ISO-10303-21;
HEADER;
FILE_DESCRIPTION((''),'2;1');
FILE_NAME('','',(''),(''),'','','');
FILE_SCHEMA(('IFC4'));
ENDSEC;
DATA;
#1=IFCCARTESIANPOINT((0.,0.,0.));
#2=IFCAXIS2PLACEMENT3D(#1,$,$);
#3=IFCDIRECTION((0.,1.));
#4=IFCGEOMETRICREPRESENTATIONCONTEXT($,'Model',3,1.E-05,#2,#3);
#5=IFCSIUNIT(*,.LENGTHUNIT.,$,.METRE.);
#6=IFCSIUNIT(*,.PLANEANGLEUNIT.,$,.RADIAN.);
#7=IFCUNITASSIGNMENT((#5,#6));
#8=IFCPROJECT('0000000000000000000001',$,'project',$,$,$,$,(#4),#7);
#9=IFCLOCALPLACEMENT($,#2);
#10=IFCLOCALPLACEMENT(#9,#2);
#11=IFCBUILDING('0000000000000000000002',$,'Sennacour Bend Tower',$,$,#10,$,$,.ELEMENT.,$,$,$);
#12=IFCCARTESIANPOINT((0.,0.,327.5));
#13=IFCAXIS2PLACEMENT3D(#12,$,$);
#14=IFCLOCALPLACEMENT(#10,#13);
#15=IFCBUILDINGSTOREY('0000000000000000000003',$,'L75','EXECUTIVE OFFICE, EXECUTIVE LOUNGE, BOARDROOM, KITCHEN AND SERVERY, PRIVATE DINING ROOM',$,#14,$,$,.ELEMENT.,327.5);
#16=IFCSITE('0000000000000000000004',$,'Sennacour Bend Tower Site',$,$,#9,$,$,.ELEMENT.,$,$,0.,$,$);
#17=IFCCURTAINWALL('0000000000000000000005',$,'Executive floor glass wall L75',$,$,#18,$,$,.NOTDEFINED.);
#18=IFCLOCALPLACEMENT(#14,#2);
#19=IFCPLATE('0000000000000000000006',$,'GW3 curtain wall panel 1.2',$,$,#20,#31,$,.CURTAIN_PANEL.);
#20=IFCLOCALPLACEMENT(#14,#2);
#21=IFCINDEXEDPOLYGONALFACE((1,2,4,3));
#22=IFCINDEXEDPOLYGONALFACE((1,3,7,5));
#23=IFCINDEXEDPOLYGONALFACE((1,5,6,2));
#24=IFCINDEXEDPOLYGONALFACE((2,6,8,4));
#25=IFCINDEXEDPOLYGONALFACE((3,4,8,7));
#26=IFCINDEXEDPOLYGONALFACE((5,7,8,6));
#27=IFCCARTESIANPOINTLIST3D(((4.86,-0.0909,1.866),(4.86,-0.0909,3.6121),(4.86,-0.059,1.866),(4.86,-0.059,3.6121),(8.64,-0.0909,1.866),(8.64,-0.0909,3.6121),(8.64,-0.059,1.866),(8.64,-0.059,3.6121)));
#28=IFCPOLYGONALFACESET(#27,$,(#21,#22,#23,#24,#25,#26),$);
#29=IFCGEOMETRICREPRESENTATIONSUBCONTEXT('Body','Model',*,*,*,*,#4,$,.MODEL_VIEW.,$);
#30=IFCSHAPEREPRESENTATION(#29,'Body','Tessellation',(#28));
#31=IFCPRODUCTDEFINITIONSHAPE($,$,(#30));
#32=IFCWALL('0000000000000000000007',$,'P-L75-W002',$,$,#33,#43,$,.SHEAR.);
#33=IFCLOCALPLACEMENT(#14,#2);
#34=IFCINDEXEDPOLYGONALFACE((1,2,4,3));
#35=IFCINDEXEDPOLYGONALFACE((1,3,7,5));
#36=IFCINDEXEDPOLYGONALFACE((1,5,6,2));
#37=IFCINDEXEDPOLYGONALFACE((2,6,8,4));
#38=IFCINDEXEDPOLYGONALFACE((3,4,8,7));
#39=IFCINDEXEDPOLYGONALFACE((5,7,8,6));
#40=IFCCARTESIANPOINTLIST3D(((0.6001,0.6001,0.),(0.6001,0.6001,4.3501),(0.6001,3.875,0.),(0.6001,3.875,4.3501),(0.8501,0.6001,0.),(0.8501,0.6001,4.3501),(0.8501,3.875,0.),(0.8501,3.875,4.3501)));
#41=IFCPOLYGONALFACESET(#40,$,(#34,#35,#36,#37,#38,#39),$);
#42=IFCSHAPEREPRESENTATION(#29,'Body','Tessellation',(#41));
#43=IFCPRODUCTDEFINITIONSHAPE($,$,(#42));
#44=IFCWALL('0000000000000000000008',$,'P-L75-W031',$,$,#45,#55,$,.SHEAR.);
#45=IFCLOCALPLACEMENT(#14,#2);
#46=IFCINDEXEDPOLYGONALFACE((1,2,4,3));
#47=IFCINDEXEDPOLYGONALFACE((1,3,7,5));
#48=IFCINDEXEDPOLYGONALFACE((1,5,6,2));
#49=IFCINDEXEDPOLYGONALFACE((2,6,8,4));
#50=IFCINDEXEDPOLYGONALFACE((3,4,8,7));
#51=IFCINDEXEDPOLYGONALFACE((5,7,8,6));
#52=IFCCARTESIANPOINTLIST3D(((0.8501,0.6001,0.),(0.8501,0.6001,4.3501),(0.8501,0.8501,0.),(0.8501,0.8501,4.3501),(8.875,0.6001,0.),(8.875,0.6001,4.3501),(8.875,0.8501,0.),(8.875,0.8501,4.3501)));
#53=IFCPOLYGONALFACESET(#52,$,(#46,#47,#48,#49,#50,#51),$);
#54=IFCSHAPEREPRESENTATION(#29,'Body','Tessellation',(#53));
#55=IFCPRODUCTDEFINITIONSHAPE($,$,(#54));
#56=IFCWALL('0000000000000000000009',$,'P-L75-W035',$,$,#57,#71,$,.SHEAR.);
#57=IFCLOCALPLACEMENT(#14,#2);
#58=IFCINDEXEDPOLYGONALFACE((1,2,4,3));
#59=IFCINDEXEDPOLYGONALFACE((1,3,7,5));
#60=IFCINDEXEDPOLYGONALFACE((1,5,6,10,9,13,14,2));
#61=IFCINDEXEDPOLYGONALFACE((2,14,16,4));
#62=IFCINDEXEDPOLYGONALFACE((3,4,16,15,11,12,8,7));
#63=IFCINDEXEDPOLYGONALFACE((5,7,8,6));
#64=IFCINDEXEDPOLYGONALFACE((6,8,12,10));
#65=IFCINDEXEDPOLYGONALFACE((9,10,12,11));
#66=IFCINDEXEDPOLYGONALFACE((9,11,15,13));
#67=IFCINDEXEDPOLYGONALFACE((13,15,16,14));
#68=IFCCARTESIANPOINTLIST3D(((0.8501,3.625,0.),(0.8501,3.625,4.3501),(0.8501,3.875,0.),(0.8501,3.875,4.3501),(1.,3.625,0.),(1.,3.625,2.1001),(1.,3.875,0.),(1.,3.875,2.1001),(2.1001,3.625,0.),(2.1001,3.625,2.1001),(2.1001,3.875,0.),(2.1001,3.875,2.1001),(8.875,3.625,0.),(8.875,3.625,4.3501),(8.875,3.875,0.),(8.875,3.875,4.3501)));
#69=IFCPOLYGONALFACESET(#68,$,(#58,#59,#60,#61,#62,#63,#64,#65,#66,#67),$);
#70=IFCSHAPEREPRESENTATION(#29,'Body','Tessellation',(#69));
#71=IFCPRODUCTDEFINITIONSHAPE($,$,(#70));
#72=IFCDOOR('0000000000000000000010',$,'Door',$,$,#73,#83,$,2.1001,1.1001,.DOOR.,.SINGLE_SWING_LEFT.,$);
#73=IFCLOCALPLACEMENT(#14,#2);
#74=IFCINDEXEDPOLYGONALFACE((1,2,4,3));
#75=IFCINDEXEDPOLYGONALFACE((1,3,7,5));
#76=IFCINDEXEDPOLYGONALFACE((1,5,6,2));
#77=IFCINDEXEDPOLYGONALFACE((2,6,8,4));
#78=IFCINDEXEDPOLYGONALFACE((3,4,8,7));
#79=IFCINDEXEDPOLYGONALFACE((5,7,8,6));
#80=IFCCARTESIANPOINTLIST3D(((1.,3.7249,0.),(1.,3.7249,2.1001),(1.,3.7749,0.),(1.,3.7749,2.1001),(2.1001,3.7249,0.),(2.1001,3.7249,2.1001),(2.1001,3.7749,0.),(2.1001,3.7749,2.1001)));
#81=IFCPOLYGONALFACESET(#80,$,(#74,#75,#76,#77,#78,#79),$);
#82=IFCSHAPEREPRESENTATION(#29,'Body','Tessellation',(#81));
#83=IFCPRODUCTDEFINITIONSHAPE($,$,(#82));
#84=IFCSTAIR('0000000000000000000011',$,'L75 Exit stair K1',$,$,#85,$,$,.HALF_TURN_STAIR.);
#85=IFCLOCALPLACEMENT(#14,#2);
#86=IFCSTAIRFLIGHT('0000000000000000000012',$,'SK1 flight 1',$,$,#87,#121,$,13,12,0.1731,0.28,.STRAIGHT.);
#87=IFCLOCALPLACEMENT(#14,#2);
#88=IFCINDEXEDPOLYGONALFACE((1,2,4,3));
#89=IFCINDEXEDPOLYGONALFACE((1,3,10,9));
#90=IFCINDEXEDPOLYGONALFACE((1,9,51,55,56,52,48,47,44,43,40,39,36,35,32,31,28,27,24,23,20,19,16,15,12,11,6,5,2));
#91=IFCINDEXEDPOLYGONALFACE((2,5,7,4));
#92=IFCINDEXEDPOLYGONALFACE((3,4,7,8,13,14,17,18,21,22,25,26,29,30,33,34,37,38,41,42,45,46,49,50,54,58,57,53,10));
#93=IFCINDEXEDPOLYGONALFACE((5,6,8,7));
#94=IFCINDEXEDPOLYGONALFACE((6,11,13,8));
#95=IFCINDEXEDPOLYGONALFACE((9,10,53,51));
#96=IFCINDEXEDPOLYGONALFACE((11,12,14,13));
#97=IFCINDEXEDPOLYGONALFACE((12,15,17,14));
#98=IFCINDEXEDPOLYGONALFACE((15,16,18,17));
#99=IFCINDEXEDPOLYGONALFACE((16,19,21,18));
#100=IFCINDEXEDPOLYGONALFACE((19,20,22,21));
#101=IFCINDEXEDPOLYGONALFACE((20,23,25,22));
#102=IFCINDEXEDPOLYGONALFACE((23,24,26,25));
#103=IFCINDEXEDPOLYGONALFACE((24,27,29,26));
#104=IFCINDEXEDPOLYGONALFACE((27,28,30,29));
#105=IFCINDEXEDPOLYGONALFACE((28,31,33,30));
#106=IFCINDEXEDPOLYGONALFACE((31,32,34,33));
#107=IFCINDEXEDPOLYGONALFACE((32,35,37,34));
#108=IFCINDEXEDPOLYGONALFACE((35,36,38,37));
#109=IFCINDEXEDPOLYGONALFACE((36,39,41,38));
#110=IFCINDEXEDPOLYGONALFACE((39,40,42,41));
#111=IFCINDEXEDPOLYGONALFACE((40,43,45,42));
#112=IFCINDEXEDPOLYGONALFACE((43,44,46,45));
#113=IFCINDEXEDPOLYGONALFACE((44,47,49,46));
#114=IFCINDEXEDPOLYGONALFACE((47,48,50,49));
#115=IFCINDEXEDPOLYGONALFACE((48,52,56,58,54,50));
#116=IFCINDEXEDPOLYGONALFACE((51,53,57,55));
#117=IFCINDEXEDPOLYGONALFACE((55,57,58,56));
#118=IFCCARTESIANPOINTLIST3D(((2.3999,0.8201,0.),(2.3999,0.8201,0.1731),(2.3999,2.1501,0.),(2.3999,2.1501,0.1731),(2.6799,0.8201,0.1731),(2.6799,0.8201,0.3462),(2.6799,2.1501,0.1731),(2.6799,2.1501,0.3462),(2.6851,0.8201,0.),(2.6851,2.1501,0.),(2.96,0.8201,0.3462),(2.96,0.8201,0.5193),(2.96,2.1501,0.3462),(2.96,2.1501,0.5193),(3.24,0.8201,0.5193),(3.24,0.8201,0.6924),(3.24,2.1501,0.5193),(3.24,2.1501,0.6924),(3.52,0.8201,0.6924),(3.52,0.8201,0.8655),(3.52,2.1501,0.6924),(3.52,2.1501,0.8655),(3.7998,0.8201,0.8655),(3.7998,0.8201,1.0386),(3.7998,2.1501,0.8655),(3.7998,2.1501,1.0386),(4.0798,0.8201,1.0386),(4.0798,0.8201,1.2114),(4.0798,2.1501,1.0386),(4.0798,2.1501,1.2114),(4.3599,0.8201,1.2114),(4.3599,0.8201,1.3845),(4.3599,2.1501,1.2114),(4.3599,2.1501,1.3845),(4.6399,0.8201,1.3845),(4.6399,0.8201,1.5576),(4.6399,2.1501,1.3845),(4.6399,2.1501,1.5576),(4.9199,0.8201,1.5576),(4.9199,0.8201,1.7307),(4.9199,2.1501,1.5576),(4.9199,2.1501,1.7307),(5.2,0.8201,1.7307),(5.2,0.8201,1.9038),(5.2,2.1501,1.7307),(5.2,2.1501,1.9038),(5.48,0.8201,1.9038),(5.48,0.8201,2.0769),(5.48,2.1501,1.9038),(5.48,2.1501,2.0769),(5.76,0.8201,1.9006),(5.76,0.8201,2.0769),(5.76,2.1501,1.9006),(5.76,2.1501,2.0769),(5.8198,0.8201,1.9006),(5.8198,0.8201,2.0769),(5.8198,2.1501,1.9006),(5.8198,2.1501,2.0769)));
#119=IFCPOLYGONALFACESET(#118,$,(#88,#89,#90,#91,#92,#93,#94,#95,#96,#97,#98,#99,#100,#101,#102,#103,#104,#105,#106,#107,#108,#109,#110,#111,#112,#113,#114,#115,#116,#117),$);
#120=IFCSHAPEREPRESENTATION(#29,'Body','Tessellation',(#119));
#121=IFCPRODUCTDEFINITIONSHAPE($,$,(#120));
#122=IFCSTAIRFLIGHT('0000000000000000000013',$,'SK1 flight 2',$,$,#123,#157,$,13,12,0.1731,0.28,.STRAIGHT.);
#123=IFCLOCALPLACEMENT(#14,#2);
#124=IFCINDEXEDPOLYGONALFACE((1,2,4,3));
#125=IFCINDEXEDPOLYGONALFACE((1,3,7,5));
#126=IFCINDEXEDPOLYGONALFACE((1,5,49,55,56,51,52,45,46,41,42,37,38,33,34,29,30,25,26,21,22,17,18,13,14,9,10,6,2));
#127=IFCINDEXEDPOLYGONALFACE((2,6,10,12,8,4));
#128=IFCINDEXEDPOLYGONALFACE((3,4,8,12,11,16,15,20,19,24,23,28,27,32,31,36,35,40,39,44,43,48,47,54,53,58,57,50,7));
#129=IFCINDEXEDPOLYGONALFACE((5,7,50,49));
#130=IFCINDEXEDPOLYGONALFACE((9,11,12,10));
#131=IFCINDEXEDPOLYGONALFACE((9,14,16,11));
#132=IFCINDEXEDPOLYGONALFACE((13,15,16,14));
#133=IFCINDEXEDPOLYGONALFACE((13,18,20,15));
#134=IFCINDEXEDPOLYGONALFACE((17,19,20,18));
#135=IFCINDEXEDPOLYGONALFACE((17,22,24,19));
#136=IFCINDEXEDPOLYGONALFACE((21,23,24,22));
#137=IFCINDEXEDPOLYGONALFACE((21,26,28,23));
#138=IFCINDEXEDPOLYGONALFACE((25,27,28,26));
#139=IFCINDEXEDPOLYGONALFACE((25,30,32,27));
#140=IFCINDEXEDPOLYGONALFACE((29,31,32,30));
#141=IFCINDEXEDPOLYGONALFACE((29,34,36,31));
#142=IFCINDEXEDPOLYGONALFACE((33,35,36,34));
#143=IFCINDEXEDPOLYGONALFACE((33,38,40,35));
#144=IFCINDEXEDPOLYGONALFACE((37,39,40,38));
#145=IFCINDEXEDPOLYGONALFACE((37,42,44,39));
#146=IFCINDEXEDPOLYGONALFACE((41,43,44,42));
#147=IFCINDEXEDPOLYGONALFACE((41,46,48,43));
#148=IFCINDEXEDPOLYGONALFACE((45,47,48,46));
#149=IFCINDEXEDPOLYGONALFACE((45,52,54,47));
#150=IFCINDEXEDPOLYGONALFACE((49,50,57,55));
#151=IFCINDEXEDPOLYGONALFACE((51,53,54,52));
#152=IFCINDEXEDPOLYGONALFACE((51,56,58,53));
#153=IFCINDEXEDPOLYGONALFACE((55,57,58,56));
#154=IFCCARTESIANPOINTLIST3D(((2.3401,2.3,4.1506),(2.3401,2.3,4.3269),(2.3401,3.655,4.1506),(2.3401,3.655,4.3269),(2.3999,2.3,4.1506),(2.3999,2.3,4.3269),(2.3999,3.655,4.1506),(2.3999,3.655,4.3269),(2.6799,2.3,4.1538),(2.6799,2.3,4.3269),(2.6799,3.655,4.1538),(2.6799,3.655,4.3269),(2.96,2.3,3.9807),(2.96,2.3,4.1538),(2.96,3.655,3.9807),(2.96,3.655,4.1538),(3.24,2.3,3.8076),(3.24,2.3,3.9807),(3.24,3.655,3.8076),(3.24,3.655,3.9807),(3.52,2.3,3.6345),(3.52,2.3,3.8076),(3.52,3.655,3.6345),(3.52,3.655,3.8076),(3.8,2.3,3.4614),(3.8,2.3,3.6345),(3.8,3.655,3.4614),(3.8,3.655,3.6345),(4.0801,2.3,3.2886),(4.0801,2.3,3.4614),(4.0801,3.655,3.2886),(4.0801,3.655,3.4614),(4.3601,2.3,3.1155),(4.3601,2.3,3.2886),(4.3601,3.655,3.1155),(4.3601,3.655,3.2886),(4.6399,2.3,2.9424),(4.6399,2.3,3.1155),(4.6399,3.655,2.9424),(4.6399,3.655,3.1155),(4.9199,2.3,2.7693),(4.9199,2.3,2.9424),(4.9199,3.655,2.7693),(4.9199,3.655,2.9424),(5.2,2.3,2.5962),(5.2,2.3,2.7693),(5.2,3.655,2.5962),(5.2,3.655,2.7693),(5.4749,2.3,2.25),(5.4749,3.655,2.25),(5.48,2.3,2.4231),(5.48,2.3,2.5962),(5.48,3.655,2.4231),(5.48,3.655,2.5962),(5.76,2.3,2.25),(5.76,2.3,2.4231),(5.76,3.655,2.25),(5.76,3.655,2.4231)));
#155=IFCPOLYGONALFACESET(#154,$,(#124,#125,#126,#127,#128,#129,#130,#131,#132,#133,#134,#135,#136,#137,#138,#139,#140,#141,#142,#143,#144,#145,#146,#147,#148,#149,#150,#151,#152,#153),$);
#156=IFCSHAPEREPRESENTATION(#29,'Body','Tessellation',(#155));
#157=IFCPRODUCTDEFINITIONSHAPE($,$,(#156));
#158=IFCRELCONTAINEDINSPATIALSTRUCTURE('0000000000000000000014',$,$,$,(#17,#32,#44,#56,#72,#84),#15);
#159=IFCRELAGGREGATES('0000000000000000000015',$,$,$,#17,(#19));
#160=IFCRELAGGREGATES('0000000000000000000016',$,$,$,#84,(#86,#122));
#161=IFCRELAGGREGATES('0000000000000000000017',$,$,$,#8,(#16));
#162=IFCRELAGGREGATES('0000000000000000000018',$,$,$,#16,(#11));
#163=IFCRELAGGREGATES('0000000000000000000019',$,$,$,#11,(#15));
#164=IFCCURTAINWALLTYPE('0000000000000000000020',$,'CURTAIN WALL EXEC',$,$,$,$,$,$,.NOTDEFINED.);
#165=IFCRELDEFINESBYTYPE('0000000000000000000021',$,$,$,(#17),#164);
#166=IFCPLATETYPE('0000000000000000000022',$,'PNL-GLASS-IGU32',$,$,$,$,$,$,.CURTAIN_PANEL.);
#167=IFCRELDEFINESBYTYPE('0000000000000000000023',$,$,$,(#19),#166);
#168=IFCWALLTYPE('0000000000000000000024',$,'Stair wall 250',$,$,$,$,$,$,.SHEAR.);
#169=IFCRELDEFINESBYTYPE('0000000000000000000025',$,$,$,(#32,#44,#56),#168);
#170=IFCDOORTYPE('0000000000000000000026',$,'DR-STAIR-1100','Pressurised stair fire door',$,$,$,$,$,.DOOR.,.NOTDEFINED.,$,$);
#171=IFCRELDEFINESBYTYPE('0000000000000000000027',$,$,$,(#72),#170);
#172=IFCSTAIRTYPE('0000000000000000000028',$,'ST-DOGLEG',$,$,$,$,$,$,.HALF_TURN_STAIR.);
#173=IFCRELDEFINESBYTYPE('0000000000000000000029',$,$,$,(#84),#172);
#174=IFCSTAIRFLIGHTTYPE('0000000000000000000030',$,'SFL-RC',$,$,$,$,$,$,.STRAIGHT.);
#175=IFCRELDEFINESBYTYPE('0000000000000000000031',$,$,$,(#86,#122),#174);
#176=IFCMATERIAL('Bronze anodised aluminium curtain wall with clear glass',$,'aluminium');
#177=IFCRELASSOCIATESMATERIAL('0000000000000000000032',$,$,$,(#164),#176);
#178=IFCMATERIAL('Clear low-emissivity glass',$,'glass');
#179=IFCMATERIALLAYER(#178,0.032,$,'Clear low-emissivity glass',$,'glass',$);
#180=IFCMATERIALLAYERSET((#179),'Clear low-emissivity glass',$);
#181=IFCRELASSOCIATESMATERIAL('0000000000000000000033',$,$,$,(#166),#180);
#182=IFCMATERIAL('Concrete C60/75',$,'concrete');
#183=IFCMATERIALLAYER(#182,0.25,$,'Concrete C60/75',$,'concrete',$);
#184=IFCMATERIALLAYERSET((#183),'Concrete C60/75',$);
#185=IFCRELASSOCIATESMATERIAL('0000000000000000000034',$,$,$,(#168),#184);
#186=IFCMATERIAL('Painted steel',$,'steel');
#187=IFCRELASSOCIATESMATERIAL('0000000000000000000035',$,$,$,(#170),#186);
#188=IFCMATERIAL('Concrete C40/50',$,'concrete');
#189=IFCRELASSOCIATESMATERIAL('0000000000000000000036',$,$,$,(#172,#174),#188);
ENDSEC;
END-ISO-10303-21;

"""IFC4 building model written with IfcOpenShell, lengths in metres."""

from ifc_helpers import new_model, si_unit, direction, frame, frame_2d, origin, origin_2d, place, context, subcontext, project, spatial, polyline, rectangle, outline, extrude, material, layer, layer_set, type_object, element, fill, aggregate, save


model = new_model("IFC4")

# Units and contexts
model_context = context("Model", 3, precision=1e-05, world=origin(), true_north=direction((0.0, 1.0)))
body_context = subcontext(model_context, "Body", "Model", "MODEL_VIEW")
ifc_project = project(units=[si_unit("LENGTHUNIT", "METRE"), si_unit("PLANEANGLEUNIT", "RADIAN")], contexts=[model_context])

# Site, building, storey
site_placement = place(None, origin())
site = spatial("IfcSite", under=ifc_project, at=site_placement, Name="Sennacour Bend Tower Site", CompositionType="ELEMENT", RefElevation=0.0)
building_placement = place(site_placement, origin())
building = spatial("IfcBuilding", under=site, at=building_placement, Name="Sennacour Bend Tower", CompositionType="ELEMENT")
storey_placement = place(building_placement, frame((0.0, 0.0, 327.5)))
storey = spatial("IfcBuildingStorey", under=building, at=storey_placement, Name="L75", Description="EXECUTIVE OFFICE, EXECUTIVE LOUNGE, BOARDROOM, KITCHEN AND SERVERY, PRIVATE DINING ROOM", CompositionType="ELEMENT", Elevation=327.5)

# Curtain wall
ifc_material_1 = material(Name="Bronze anodised aluminium curtain wall with clear glass", Category="aluminium")
curtain_wall_type = type_object("IfcCurtainWallType", Name="CURTAIN WALL EXEC", PredefinedType="NOTDEFINED", material=ifc_material_1)
curtain_wall_1_placement = place(storey_placement, origin())
curtain_wall_1 = element("IfcCurtainWall", 1, at=curtain_wall_1_placement, inside=storey, type_object=curtain_wall_type, Name="Executive floor glass wall L75", PredefinedType="NOTDEFINED")

# Plate
ifc_material_2 = material(Name="Clear low-emissivity glass", Category="glass")
ifc_layer_1 = layer(ifc_material_2, 0.032, Name="Clear low-emissivity glass", Category="glass")
ifc_layer_set_1 = layer_set([ifc_layer_1], Name="Clear low-emissivity glass")
plate_type = type_object("IfcPlateType", Name="PNL-GLASS-IGU32", PredefinedType="CURTAIN_PANEL", material=ifc_layer_set_1)
plate_1_placement = place(storey_placement, frame((6.75, -0.075, 1.866), z_axis=(0.0, 0.0, 1.0), x_axis=(1.0, 0.0, 0.0)))
plate_1 = element("IfcPlate", 2, at=plate_1_placement, type_object=plate_type, Name="GW3 curtain wall panel 1.2", PredefinedType="CURTAIN_PANEL", context=body_context, shape_type="SweptSolid", body=[
    extrude(rectangle(XDim=3.78, YDim=0.032, at=origin_2d()), origin(), (0.0, 0.0, 1.0), 1.7461),
])
aggregate(curtain_wall_1, [plate_1])

# Walls
ifc_material_3 = material(Name="Concrete C60/75", Category="concrete")
ifc_layer_2 = layer(ifc_material_3, 0.25, Name="Concrete C60/75", Category="concrete")
ifc_layer_set_2 = layer_set([ifc_layer_2], Name="Concrete C60/75")
wall_type = type_object("IfcWallType", Name="Stair wall 250", PredefinedType="SHEAR", material=ifc_layer_set_2)
wall_1_placement = place(storey_placement, frame((0.7251, 0.6001, 0.0), z_axis=(0.0, 0.0, 1.0), x_axis=(0.0, 1.0, 0.0)))
element("IfcWall", 3, at=wall_1_placement, inside=storey, type_object=wall_type, Name="P-L75-W002", PredefinedType="SHEAR", context=body_context, shape_type="SweptSolid", body=[
    extrude(rectangle(XDim=3.2749, YDim=0.25, at=frame_2d((1.6375, 0.0))), origin(), (0.0, 0.0, 1.0), 4.3501),
])
wall_2_placement = place(storey_placement, frame((0.8501, 0.7251, 0.0), z_axis=(0.0, 0.0, 1.0), x_axis=(1.0, 0.0, 0.0)))
element("IfcWall", 4, at=wall_2_placement, inside=storey, type_object=wall_type, Name="P-L75-W031", PredefinedType="SHEAR", context=body_context, shape_type="SweptSolid", body=[
    extrude(rectangle(XDim=8.0249, YDim=0.25, at=frame_2d((4.0125, 0.0))), origin(), (0.0, 0.0, 1.0), 4.3501),
])

# Wall, opening, door
wall_3_placement = place(storey_placement, frame((0.8501, 3.75, 0.0), z_axis=(0.0, 0.0, 1.0), x_axis=(1.0, 0.0, 0.0)))
wall_3 = element("IfcWall", 5, at=wall_3_placement, inside=storey, type_object=wall_type, Name="P-L75-W035", PredefinedType="SHEAR", context=body_context, shape_type="SweptSolid", body=[
    extrude(rectangle(XDim=8.0249, YDim=0.25, at=frame_2d((4.0125, 0.0))), origin(), (0.0, 0.0, 1.0), 4.3501),
])
opening_placement = place(wall_3_placement, frame((0.1499, 0.0, 0.0)))
opening = element("IfcOpeningElement", 6, at=opening_placement, cuts=wall_3, PredefinedType="OPENING", context=body_context, shape_type="SweptSolid", body=[
    extrude(rectangle(XDim=1.1001, YDim=2.1001, at=frame_2d((0.55, 1.05))), frame((0.0, 0.135, 0.0), z_axis=(0.0, -1.0, 0.0), x_axis=(1.0, 0.0, 0.0)), (0.0, 0.0, 1.0), 0.27),
])
ifc_material_4 = material(Name="Painted steel", Category="steel")
door_type = type_object("IfcDoorType", Name="DR-STAIR-1100", Description="Pressurised stair fire door", OperationType="NOTDEFINED", PredefinedType="DOOR", material=ifc_material_4)
door_placement = place(opening_placement, origin())
door = element("IfcDoor", 7, at=door_placement, inside=storey, type_object=door_type, Name="Door", OperationType="SINGLE_SWING_LEFT", OverallHeight=2.1001, OverallWidth=1.1001, PredefinedType="DOOR", context=body_context, shape_type="SweptSolid", body=[
    extrude(rectangle(XDim=1.1001, YDim=2.1001, at=frame_2d((0.55, 1.05))), frame((0.0, 0.0249, 0.0), z_axis=(0.0, -1.0, 0.0), x_axis=(1.0, 0.0, 0.0)), (0.0, 0.0, 1.0), 0.05),
])
fill(opening, door)

# Stair, stair flights
ifc_material_5 = material(Name="Concrete C40/50", Category="concrete")
stair_type = type_object("IfcStairType", Name="ST-DOGLEG", PredefinedType="HALF_TURN_STAIR", material=ifc_material_5)
stair_placement = place(storey_placement, origin())
stair = element("IfcStair", 8, at=stair_placement, inside=storey, type_object=stair_type, Name="L75 Exit stair K1", PredefinedType="HALF_TURN_STAIR")
stair_flight_type = type_object("IfcStairFlightType", Name="SFL-RC", PredefinedType="STRAIGHT", material=ifc_material_5)
stair_flight_1_placement = place(storey_placement, frame((2.3999, 1.4851, 0.0), z_axis=(0.0, 0.0, 1.0), x_axis=(1.0, 0.0, 0.0)))
stair_flight_1 = element("IfcStairFlight", 9, at=stair_flight_1_placement, type_object=stair_flight_type, Name="SK1 flight 1", NumberOfRisers=13, NumberOfTreads=12, PredefinedType="STRAIGHT", RiserHeight=0.1731, TreadLength=0.28, context=body_context, shape_type="SweptSolid", body=[
    extrude(outline(polyline([(0.0, 0.0), (0.0, 0.1731), (0.28, 0.1731), (0.28, 0.3462), (0.5601, 0.3462), (0.5601, 0.5193), (0.8401, 0.5193), (0.8401, 0.6924), (1.1201, 0.6924), (1.1201, 0.8655), (1.3999, 0.8655), (1.3999, 1.0386), (1.6799, 1.0386), (1.6799, 1.2114), (1.96, 1.2114), (1.96, 1.3845), (2.24, 1.3845), (2.24, 1.5576), (2.52, 1.5576), (2.52, 1.7307), (2.8, 1.7307), (2.8, 1.9038), (3.0801, 1.9038), (3.0801, 2.0769), (3.3601, 2.0769), (3.4199, 2.0769), (3.4199, 1.9006), (3.3601, 1.9006), (0.2852, 0.0), (0.0, 0.0)])), frame((0.0, 0.665, 0.0), z_axis=(0.0, -1.0, 0.0), x_axis=(1.0, 0.0, 0.0)), (0.0, 0.0, 1.0), 1.3301),
])
stair_flight_2_placement = place(storey_placement, frame((5.76, 2.9775, 2.25), z_axis=(0.0, 0.0, 1.0), x_axis=(-1.0, 0.0, 0.0)))
stair_flight_2 = element("IfcStairFlight", 10, at=stair_flight_2_placement, type_object=stair_flight_type, Name="SK1 flight 2", NumberOfRisers=13, NumberOfTreads=12, PredefinedType="STRAIGHT", RiserHeight=0.1731, TreadLength=0.28, context=body_context, shape_type="SweptSolid", body=[
    extrude(outline(polyline([(0.0, 0.0), (0.0, 0.1731), (0.28, 0.1731), (0.28, 0.3462), (0.5601, 0.3462), (0.5601, 0.5193), (0.8401, 0.5193), (0.8401, 0.6924), (1.1201, 0.6924), (1.1201, 0.8655), (1.3999, 0.8655), (1.3999, 1.0386), (1.6799, 1.0386), (1.6799, 1.2114), (1.96, 1.2114), (1.96, 1.3845), (2.24, 1.3845), (2.24, 1.5576), (2.52, 1.5576), (2.52, 1.7307), (2.8, 1.7307), (2.8, 1.9038), (3.0801, 1.9038), (3.0801, 2.0769), (3.3601, 2.0769), (3.4199, 2.0769), (3.4199, 1.9006), (3.3601, 1.9006), (0.2852, 0.0), (0.0, 0.0)])), frame((0.0, 0.6775, 0.0), z_axis=(0.0, -1.0, 0.0), x_axis=(1.0, 0.0, 0.0)), (0.0, 0.0, 1.0), 1.355),
])
aggregate(stair, [stair_flight_1, stair_flight_2])

save(model, "model.ifc")
